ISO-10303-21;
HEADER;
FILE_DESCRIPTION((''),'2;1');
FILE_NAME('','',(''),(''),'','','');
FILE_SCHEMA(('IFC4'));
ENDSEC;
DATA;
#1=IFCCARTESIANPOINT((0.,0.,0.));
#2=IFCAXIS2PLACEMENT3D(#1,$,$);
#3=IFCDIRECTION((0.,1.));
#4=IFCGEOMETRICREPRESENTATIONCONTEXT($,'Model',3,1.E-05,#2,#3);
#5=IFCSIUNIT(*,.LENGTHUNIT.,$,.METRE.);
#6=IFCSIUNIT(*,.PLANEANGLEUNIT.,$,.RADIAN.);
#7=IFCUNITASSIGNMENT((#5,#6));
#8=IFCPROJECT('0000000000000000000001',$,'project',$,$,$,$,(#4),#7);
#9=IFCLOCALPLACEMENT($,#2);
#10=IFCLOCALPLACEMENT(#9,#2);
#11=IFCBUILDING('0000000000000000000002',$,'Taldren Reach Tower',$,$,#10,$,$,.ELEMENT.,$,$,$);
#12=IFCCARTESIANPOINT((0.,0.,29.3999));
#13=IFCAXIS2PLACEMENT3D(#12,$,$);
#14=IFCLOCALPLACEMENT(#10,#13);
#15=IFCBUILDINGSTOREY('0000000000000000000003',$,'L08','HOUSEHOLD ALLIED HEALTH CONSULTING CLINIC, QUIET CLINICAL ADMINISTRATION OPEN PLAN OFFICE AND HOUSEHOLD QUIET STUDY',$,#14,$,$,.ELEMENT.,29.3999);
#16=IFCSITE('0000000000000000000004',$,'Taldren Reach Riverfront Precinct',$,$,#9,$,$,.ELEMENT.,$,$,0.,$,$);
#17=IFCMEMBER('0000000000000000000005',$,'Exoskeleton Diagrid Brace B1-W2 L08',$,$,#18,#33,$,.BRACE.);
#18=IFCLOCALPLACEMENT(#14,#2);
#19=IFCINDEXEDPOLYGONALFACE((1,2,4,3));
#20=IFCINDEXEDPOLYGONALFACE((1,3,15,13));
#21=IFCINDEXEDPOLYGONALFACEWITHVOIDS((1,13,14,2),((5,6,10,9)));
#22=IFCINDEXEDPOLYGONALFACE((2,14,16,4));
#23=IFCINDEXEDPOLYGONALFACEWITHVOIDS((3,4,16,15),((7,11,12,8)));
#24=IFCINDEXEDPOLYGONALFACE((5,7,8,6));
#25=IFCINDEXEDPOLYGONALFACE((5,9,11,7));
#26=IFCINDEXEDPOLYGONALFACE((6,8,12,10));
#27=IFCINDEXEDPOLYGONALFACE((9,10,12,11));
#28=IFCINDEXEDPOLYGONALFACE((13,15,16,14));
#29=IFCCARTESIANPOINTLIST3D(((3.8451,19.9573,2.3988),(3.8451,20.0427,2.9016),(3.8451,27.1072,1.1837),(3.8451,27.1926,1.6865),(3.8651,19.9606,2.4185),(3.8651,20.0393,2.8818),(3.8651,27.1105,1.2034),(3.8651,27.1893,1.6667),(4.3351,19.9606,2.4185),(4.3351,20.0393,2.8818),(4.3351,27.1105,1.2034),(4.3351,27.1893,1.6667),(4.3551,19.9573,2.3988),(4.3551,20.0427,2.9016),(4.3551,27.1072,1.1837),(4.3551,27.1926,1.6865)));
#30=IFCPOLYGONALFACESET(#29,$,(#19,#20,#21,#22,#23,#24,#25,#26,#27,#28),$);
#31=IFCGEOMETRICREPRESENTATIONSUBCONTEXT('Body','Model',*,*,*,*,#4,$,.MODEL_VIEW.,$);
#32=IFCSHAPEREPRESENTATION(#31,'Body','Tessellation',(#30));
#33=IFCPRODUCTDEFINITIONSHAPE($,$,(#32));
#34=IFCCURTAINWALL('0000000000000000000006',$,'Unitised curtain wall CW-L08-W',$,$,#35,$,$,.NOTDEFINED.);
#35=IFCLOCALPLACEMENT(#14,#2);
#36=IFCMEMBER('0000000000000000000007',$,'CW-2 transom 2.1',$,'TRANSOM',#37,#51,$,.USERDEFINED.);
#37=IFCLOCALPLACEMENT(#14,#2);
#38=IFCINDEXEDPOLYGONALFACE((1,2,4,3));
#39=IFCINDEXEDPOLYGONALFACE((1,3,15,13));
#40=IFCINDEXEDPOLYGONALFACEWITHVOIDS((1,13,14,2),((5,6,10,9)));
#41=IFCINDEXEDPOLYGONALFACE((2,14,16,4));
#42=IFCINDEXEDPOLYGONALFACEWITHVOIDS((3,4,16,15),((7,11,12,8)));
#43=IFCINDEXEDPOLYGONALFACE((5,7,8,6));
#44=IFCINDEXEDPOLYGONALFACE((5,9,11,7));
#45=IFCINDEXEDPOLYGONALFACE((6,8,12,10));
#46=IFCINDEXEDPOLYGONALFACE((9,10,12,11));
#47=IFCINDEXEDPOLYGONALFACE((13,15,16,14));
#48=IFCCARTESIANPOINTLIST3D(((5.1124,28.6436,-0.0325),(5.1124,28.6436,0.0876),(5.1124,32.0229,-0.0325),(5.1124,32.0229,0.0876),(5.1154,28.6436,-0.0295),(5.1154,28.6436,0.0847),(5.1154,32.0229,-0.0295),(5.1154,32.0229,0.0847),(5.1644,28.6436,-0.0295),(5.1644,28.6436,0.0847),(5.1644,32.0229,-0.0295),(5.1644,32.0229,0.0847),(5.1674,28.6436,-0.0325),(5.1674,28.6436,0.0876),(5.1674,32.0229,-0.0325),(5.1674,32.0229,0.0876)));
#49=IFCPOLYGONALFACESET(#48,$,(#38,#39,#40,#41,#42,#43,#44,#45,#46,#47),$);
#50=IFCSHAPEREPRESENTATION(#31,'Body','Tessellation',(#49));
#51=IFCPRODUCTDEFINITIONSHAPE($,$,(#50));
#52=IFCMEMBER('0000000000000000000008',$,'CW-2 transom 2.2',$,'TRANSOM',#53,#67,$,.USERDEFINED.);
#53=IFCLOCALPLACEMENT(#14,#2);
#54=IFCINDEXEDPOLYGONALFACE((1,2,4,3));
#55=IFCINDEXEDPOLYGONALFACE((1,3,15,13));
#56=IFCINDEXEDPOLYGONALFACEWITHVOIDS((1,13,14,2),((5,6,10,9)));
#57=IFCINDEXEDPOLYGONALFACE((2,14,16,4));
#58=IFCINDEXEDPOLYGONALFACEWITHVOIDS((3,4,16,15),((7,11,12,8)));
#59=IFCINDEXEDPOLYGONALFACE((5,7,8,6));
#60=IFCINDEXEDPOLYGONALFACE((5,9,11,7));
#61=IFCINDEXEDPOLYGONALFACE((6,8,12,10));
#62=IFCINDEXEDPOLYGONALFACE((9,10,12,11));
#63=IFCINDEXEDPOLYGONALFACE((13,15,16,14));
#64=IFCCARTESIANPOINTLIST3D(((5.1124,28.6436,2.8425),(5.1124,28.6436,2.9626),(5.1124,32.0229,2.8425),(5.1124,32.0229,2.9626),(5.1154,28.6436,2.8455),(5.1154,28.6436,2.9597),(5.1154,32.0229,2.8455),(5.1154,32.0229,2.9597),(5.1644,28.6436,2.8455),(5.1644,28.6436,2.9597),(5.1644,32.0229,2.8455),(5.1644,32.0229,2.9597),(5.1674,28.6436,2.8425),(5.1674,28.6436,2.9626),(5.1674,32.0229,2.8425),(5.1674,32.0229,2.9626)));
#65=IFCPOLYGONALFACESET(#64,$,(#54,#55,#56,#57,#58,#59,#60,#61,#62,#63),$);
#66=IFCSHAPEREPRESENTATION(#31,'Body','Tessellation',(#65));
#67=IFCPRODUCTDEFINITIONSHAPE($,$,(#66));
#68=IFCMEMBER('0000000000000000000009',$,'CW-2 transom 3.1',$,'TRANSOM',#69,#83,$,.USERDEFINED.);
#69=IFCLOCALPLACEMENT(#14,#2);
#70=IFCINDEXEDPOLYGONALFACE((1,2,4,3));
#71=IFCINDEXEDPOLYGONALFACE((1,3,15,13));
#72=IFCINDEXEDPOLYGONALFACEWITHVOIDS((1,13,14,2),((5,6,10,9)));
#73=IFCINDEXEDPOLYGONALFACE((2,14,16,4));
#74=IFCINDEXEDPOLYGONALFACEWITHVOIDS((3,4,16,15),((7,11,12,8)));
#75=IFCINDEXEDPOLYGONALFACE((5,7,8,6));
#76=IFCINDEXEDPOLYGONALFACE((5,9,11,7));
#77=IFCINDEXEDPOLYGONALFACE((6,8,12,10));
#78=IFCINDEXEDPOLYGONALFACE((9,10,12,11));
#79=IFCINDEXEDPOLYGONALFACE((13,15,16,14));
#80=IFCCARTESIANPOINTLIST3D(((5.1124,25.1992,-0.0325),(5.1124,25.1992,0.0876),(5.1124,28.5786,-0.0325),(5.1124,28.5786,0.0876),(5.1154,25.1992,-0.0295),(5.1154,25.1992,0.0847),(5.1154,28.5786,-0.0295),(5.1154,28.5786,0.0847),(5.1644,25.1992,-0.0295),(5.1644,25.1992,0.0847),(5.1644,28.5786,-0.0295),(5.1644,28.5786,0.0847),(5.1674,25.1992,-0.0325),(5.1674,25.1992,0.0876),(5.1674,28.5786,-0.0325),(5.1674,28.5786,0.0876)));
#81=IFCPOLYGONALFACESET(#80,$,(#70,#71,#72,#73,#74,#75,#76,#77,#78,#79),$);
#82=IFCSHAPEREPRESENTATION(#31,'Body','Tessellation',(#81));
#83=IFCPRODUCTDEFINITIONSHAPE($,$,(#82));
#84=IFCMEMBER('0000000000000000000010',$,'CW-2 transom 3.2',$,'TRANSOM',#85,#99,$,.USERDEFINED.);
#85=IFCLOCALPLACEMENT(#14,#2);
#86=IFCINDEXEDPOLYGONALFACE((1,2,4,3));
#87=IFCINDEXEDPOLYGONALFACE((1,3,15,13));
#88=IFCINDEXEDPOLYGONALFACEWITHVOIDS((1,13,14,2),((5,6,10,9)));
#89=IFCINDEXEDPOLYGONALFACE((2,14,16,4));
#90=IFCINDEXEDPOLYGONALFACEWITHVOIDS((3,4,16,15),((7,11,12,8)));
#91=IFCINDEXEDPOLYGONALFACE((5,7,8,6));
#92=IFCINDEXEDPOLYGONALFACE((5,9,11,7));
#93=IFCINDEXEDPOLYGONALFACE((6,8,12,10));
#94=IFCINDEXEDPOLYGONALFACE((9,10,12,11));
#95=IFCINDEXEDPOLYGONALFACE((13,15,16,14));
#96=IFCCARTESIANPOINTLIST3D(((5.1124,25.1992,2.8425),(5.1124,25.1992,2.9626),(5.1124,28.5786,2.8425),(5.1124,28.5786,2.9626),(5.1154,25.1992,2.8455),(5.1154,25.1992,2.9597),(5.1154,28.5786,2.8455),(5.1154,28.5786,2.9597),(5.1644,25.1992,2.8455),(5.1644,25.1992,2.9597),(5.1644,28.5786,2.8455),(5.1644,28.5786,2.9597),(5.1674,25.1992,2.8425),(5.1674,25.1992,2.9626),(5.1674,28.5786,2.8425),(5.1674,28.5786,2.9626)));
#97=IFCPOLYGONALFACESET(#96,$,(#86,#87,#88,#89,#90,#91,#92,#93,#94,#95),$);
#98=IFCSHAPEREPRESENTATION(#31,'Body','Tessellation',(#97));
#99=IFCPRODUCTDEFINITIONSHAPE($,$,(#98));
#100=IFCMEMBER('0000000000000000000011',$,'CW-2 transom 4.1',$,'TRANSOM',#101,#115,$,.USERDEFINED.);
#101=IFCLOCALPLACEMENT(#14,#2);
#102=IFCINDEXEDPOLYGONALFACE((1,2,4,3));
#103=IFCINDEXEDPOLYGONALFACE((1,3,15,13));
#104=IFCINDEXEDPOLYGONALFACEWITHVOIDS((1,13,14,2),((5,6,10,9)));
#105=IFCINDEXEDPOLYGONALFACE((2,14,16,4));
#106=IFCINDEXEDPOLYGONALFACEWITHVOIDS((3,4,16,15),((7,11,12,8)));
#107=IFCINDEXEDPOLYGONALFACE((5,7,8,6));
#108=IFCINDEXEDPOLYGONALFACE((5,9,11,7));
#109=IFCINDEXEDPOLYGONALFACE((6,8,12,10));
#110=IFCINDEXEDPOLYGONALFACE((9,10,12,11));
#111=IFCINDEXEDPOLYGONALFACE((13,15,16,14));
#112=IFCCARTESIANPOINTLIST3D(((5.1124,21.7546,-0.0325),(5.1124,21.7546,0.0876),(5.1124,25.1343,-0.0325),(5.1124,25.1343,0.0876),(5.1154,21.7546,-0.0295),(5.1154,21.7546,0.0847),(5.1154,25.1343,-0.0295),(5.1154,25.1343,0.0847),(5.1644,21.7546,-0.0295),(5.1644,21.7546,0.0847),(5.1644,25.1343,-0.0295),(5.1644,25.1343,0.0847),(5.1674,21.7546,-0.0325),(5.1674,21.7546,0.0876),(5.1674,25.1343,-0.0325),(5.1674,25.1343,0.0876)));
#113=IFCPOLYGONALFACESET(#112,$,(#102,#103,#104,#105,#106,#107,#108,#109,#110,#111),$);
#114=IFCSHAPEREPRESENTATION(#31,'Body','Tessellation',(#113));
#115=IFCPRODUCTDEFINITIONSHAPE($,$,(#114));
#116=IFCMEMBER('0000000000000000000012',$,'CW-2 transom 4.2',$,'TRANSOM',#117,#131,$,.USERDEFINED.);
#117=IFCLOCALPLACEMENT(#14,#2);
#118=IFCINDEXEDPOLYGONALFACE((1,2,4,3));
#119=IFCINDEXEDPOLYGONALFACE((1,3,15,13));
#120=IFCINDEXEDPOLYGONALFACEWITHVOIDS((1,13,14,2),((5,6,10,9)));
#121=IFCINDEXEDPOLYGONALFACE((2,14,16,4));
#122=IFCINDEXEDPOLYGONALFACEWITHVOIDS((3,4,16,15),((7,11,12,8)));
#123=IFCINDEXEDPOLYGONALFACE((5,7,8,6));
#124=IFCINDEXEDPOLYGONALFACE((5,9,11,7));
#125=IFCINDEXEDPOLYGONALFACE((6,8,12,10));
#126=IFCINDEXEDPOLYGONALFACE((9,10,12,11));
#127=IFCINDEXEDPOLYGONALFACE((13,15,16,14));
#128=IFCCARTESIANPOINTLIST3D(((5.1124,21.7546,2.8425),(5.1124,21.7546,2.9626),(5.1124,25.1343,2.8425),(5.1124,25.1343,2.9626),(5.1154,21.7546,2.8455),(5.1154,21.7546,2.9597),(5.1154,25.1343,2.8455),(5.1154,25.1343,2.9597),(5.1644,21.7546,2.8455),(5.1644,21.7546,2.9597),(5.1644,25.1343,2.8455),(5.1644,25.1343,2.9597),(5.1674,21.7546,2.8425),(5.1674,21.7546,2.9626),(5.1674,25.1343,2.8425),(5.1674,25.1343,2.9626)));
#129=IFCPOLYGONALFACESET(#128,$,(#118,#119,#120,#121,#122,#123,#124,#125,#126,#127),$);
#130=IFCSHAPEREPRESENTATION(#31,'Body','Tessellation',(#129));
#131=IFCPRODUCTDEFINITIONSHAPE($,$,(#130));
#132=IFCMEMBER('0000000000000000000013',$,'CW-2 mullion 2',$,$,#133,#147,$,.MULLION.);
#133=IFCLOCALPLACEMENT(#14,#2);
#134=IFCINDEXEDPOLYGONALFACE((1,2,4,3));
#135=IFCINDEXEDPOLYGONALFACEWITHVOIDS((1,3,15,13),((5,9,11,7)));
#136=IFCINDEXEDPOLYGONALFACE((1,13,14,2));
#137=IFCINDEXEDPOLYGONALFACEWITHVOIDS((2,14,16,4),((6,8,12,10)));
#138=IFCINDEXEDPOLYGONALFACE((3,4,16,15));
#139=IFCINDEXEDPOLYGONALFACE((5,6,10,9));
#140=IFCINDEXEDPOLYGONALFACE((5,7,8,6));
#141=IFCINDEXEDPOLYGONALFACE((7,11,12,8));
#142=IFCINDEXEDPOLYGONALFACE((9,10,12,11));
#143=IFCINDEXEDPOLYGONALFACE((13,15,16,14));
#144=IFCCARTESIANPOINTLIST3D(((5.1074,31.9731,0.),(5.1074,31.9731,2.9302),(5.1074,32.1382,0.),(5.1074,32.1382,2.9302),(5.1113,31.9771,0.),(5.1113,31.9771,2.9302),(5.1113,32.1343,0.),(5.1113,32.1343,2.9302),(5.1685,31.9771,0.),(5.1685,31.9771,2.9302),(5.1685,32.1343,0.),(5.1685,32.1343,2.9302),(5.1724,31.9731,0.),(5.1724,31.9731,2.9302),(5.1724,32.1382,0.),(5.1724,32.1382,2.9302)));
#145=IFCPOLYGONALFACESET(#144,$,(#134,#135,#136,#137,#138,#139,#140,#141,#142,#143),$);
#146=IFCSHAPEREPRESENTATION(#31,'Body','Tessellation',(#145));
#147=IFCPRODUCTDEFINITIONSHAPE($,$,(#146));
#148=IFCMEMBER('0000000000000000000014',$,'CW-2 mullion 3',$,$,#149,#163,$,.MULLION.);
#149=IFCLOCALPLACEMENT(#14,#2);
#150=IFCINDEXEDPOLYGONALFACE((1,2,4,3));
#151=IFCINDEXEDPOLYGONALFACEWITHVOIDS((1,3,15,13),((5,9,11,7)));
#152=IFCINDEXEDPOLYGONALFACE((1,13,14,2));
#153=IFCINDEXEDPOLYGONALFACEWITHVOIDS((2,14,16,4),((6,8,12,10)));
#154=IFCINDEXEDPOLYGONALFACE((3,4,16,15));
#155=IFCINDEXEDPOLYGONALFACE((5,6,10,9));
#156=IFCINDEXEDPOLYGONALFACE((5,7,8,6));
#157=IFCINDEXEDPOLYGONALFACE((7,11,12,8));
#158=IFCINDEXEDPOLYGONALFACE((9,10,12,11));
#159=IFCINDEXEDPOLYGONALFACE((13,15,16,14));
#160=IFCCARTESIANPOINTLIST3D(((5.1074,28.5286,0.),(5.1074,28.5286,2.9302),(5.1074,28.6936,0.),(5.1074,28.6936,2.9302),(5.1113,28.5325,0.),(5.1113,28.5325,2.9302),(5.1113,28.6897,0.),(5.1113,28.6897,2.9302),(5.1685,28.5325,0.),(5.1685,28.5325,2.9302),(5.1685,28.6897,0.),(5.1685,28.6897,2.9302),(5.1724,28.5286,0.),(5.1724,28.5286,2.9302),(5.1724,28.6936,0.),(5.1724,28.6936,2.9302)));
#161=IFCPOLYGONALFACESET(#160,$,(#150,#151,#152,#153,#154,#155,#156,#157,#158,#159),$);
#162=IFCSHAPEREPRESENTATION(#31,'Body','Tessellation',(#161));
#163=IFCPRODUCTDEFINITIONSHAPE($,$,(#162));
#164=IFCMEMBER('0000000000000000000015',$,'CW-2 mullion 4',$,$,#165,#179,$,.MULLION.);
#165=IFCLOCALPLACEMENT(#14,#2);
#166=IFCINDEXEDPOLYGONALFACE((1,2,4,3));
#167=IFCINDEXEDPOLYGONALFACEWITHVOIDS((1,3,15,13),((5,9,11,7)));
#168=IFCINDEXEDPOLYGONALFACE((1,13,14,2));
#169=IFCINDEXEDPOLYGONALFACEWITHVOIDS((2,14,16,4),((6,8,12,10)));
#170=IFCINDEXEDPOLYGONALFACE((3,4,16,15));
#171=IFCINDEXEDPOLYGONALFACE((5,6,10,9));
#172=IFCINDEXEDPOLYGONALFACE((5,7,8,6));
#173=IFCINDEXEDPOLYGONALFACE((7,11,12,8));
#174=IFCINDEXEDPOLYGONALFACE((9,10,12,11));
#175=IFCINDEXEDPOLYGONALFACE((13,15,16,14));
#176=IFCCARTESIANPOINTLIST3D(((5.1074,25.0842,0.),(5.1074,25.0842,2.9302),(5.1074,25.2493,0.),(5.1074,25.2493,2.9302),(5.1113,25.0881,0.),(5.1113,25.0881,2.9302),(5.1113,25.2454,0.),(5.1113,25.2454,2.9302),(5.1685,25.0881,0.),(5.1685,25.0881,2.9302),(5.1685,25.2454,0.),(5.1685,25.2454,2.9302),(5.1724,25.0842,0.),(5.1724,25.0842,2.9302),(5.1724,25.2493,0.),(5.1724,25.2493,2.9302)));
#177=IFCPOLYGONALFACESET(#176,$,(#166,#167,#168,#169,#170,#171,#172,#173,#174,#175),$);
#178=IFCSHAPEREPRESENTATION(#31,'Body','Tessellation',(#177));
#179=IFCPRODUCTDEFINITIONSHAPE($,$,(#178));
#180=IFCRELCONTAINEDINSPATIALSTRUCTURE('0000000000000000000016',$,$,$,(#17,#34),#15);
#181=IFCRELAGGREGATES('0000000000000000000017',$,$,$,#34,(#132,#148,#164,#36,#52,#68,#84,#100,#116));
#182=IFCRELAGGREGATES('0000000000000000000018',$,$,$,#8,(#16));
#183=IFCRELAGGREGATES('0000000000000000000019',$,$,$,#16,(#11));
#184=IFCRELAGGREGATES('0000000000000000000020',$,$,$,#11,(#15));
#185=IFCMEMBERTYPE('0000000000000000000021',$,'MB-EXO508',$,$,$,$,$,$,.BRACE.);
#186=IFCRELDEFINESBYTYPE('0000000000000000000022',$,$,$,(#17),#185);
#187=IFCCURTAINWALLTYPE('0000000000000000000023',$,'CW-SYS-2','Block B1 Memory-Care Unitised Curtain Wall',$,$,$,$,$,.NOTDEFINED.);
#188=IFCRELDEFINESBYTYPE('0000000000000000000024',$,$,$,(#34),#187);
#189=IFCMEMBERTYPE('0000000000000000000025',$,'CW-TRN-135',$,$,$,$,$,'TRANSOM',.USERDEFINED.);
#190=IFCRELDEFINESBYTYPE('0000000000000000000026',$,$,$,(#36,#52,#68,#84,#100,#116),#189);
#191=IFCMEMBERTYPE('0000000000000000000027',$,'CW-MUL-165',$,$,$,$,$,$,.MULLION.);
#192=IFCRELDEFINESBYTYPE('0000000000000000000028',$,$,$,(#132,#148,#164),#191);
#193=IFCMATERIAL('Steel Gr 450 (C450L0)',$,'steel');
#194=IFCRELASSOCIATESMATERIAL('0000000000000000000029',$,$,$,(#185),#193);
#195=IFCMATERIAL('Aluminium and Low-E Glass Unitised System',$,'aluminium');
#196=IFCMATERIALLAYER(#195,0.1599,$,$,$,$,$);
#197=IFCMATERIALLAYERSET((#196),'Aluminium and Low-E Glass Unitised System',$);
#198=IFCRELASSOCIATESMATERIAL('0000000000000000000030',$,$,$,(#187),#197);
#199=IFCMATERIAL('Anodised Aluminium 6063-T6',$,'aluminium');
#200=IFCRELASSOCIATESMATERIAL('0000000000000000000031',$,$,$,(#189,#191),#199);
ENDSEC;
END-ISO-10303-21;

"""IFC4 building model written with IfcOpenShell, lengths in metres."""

from ifc_helpers import new_model, si_unit, direction, frame, origin, origin_2d, place, context, subcontext, project, spatial, hollow_rectangle, extrude, source, transform, mapped, material, layer, layer_set, material_profile, profile_set, type_object, element, aggregate, save


model = new_model("IFC4")

# Units and contexts
model_context = context("Model", 3, precision=1e-05, world=origin(), true_north=direction((0.0, 1.0)))
body_context = subcontext(model_context, "Body", "Model", "MODEL_VIEW")
ifc_project = project(units=[si_unit("LENGTHUNIT", "METRE"), si_unit("PLANEANGLEUNIT", "RADIAN")], contexts=[model_context])

# Site, building, storey
site_placement = place(None, origin())
site = spatial("IfcSite", under=ifc_project, at=site_placement, Name="Taldren Reach Riverfront Precinct", CompositionType="ELEMENT", RefElevation=0.0)
building_placement = place(site_placement, origin())
building = spatial("IfcBuilding", under=site, at=building_placement, Name="Taldren Reach Tower", CompositionType="ELEMENT")
storey_placement = place(building_placement, frame((0.0, 0.0, 29.3999)))
storey = spatial("IfcBuildingStorey", under=building, at=storey_placement, Name="L08", Description="HOUSEHOLD ALLIED HEALTH CONSULTING CLINIC, QUIET CLINICAL ADMINISTRATION OPEN PLAN OFFICE AND HOUSEHOLD QUIET STUDY", CompositionType="ELEMENT", Elevation=29.3999)

# Member
ifc_material_1 = material(Name="Steel Gr 450 (C450L0)", Category="steel")
ifc_material_profile_1 = material_profile(ifc_material_1, hollow_rectangle(XDim=0.51, YDim=0.51, WallThickness=0.02, at=origin_2d()), Name="510x510x20.0SHS")
ifc_profile_set_1 = profile_set([ifc_material_profile_1], Name="Steel Gr 450 (C450L0)")
member_type_1 = type_object("IfcMemberType", Name="MB-EXO508", PredefinedType="BRACE", material=ifc_profile_set_1)
shared_shape_1 = source(origin(), body_context, "Body", "SweptSolid", [
    extrude(hollow_rectangle(XDim=0.51, YDim=0.51, WallThickness=0.02, at=origin_2d()), origin(), (0.0, 0.0, 1.0), 7.2524),
])
member_1_placement = place(storey_placement, frame((4.1001, 27.1499, 1.4351), z_axis=(0.0, -0.985865, 0.167542), x_axis=(1.0, 0.0, 0.0)))
element("IfcMember", 1, at=member_1_placement, inside=storey, type_object=member_type_1, Name="Exoskeleton Diagrid Brace B1-W2 L08", PredefinedType="BRACE", context=body_context, shape_type="MappedRepresentation", body=[
    mapped(shared_shape_1, transform((0.0, 0.0, 0.0), scale=1.0)),
])

# Curtain wall, members
ifc_material_2 = material(Name="Aluminium and Low-E Glass Unitised System", Category="aluminium")
ifc_layer_1 = layer(ifc_material_2, 0.1599)
ifc_layer_set_1 = layer_set([ifc_layer_1], Name="Aluminium and Low-E Glass Unitised System")
curtain_wall_type = type_object("IfcCurtainWallType", Name="CW-SYS-2", Description="Block B1 Memory-Care Unitised Curtain Wall", PredefinedType="NOTDEFINED", material=ifc_layer_set_1)
curtain_wall_placement = place(storey_placement, origin())
curtain_wall = element("IfcCurtainWall", 2, at=curtain_wall_placement, inside=storey, type_object=curtain_wall_type, Name="Unitised curtain wall CW-L08-W", PredefinedType="NOTDEFINED")
ifc_material_3 = material(Name="Anodised Aluminium 6063-T6", Category="aluminium")
ifc_material_profile_2 = material_profile(ifc_material_3, hollow_rectangle(XDim=0.0549, YDim=0.1201, WallThickness=0.0029, at=origin_2d()), Name="ALU-120x55x3RHS")
ifc_profile_set_2 = profile_set([ifc_material_profile_2], Name="Anodised Aluminium 6063-T6")
member_type_2 = type_object("IfcMemberType", Name="CW-TRN-135", ElementType="TRANSOM", PredefinedType="USERDEFINED", material=ifc_profile_set_2)
shared_shape_2 = source(origin(), body_context, "Body", "SweptSolid", [
    extrude(hollow_rectangle(XDim=0.0549, YDim=0.1201, WallThickness=0.0029, at=origin_2d()), origin(), (0.0, 0.0, 1.0), 3.3794),
])
member_2_placement = place(storey_placement, frame((5.1399, 32.0229, 0.0276), z_axis=(0.0, -1.0, 0.0), x_axis=(1.0, 0.0, 0.0)))
member_2 = element("IfcMember", 3, at=member_2_placement, type_object=member_type_2, Name="CW-2 transom 2.1", ObjectType="TRANSOM", PredefinedType="USERDEFINED", context=body_context, shape_type="MappedRepresentation", body=[
    mapped(shared_shape_2, transform((0.0, 0.0, 0.0), scale=1.0)),
])
member_3_placement = place(storey_placement, frame((5.1399, 32.0229, 2.9026), z_axis=(0.0, -1.0, 0.0), x_axis=(1.0, 0.0, 0.0)))
member_3 = element("IfcMember", 4, at=member_3_placement, type_object=member_type_2, Name="CW-2 transom 2.2", ObjectType="TRANSOM", PredefinedType="USERDEFINED", context=body_context, shape_type="MappedRepresentation", body=[
    mapped(shared_shape_2, transform((0.0, 0.0, 0.0), scale=1.0)),
])
member_4_placement = place(storey_placement, frame((5.1399, 28.5786, 0.0276), z_axis=(0.0, -1.0, 0.0), x_axis=(1.0, 0.0, 0.0)))
member_4 = element("IfcMember", 5, at=member_4_placement, type_object=member_type_2, Name="CW-2 transom 3.1", ObjectType="TRANSOM", PredefinedType="USERDEFINED", context=body_context, shape_type="MappedRepresentation", body=[
    mapped(shared_shape_2, transform((0.0, 0.0, 0.0), scale=1.0)),
])
member_5_placement = place(storey_placement, frame((5.1399, 28.5786, 2.9026), z_axis=(0.0, -1.0, 0.0), x_axis=(1.0, 0.0, 0.0)))
member_5 = element("IfcMember", 6, at=member_5_placement, type_object=member_type_2, Name="CW-2 transom 3.2", ObjectType="TRANSOM", PredefinedType="USERDEFINED", context=body_context, shape_type="MappedRepresentation", body=[
    mapped(shared_shape_2, transform((0.0, 0.0, 0.0), scale=1.0)),
])
shared_shape_3 = source(origin(), body_context, "Body", "SweptSolid", [
    extrude(hollow_rectangle(XDim=0.0549, YDim=0.1201, WallThickness=0.0029, at=origin_2d()), origin(), (0.0, 0.0, 1.0), 3.3796),
])
member_6_placement = place(storey_placement, frame((5.1399, 25.1343, 0.0276), z_axis=(0.0, -1.0, 0.0), x_axis=(1.0, 0.0, 0.0)))
member_6 = element("IfcMember", 7, at=member_6_placement, type_object=member_type_2, Name="CW-2 transom 4.1", ObjectType="TRANSOM", PredefinedType="USERDEFINED", context=body_context, shape_type="MappedRepresentation", body=[
    mapped(shared_shape_3, transform((0.0, 0.0, 0.0), scale=1.0)),
])
member_7_placement = place(storey_placement, frame((5.1399, 25.1343, 2.9026), z_axis=(0.0, -1.0, 0.0), x_axis=(1.0, 0.0, 0.0)))
member_7 = element("IfcMember", 8, at=member_7_placement, type_object=member_type_2, Name="CW-2 transom 4.2", ObjectType="TRANSOM", PredefinedType="USERDEFINED", context=body_context, shape_type="MappedRepresentation", body=[
    mapped(shared_shape_3, transform((0.0, 0.0, 0.0), scale=1.0)),
])
ifc_material_profile_3 = material_profile(ifc_material_3, hollow_rectangle(XDim=0.0649, YDim=0.165, WallThickness=0.0039, at=origin_2d()), Name="ALU-165x65x4RHS")
ifc_profile_set_3 = profile_set([ifc_material_profile_3], Name="Anodised Aluminium 6063-T6")
member_type_3 = type_object("IfcMemberType", Name="CW-MUL-165", PredefinedType="MULLION", material=ifc_profile_set_3)
shared_shape_4 = source(origin(), body_context, "Body", "SweptSolid", [
    extrude(hollow_rectangle(XDim=0.0649, YDim=0.165, WallThickness=0.0039, at=origin_2d()), origin(), (0.0, 0.0, 1.0), 2.9302),
])
member_8_placement = place(storey_placement, frame((5.1399, 32.0557, 0.0), z_axis=(0.0, 0.0, 1.0), x_axis=(1.0, 0.0, 0.0)))
member_8 = element("IfcMember", 9, at=member_8_placement, type_object=member_type_3, Name="CW-2 mullion 2", PredefinedType="MULLION", context=body_context, shape_type="MappedRepresentation", body=[
    mapped(shared_shape_4, transform((0.0, 0.0, 0.0), scale=1.0)),
])
member_9_placement = place(storey_placement, frame((5.1399, 28.6111, 0.0), z_axis=(0.0, 0.0, 1.0), x_axis=(1.0, 0.0, 0.0)))
member_9 = element("IfcMember", 10, at=member_9_placement, type_object=member_type_3, Name="CW-2 mullion 3", PredefinedType="MULLION", context=body_context, shape_type="MappedRepresentation", body=[
    mapped(shared_shape_4, transform((0.0, 0.0, 0.0), scale=1.0)),
])
member_10_placement = place(storey_placement, frame((5.1399, 25.1667, 0.0), z_axis=(0.0, 0.0, 1.0), x_axis=(1.0, 0.0, 0.0)))
member_10 = element("IfcMember", 11, at=member_10_placement, type_object=member_type_3, Name="CW-2 mullion 4", PredefinedType="MULLION", context=body_context, shape_type="MappedRepresentation", body=[
    mapped(shared_shape_4, transform((0.0, 0.0, 0.0), scale=1.0)),
])

aggregate(curtain_wall, [member_8, member_9, member_10, member_2, member_3, member_4, member_5, member_6, member_7])

save(model, "model.ifc")
